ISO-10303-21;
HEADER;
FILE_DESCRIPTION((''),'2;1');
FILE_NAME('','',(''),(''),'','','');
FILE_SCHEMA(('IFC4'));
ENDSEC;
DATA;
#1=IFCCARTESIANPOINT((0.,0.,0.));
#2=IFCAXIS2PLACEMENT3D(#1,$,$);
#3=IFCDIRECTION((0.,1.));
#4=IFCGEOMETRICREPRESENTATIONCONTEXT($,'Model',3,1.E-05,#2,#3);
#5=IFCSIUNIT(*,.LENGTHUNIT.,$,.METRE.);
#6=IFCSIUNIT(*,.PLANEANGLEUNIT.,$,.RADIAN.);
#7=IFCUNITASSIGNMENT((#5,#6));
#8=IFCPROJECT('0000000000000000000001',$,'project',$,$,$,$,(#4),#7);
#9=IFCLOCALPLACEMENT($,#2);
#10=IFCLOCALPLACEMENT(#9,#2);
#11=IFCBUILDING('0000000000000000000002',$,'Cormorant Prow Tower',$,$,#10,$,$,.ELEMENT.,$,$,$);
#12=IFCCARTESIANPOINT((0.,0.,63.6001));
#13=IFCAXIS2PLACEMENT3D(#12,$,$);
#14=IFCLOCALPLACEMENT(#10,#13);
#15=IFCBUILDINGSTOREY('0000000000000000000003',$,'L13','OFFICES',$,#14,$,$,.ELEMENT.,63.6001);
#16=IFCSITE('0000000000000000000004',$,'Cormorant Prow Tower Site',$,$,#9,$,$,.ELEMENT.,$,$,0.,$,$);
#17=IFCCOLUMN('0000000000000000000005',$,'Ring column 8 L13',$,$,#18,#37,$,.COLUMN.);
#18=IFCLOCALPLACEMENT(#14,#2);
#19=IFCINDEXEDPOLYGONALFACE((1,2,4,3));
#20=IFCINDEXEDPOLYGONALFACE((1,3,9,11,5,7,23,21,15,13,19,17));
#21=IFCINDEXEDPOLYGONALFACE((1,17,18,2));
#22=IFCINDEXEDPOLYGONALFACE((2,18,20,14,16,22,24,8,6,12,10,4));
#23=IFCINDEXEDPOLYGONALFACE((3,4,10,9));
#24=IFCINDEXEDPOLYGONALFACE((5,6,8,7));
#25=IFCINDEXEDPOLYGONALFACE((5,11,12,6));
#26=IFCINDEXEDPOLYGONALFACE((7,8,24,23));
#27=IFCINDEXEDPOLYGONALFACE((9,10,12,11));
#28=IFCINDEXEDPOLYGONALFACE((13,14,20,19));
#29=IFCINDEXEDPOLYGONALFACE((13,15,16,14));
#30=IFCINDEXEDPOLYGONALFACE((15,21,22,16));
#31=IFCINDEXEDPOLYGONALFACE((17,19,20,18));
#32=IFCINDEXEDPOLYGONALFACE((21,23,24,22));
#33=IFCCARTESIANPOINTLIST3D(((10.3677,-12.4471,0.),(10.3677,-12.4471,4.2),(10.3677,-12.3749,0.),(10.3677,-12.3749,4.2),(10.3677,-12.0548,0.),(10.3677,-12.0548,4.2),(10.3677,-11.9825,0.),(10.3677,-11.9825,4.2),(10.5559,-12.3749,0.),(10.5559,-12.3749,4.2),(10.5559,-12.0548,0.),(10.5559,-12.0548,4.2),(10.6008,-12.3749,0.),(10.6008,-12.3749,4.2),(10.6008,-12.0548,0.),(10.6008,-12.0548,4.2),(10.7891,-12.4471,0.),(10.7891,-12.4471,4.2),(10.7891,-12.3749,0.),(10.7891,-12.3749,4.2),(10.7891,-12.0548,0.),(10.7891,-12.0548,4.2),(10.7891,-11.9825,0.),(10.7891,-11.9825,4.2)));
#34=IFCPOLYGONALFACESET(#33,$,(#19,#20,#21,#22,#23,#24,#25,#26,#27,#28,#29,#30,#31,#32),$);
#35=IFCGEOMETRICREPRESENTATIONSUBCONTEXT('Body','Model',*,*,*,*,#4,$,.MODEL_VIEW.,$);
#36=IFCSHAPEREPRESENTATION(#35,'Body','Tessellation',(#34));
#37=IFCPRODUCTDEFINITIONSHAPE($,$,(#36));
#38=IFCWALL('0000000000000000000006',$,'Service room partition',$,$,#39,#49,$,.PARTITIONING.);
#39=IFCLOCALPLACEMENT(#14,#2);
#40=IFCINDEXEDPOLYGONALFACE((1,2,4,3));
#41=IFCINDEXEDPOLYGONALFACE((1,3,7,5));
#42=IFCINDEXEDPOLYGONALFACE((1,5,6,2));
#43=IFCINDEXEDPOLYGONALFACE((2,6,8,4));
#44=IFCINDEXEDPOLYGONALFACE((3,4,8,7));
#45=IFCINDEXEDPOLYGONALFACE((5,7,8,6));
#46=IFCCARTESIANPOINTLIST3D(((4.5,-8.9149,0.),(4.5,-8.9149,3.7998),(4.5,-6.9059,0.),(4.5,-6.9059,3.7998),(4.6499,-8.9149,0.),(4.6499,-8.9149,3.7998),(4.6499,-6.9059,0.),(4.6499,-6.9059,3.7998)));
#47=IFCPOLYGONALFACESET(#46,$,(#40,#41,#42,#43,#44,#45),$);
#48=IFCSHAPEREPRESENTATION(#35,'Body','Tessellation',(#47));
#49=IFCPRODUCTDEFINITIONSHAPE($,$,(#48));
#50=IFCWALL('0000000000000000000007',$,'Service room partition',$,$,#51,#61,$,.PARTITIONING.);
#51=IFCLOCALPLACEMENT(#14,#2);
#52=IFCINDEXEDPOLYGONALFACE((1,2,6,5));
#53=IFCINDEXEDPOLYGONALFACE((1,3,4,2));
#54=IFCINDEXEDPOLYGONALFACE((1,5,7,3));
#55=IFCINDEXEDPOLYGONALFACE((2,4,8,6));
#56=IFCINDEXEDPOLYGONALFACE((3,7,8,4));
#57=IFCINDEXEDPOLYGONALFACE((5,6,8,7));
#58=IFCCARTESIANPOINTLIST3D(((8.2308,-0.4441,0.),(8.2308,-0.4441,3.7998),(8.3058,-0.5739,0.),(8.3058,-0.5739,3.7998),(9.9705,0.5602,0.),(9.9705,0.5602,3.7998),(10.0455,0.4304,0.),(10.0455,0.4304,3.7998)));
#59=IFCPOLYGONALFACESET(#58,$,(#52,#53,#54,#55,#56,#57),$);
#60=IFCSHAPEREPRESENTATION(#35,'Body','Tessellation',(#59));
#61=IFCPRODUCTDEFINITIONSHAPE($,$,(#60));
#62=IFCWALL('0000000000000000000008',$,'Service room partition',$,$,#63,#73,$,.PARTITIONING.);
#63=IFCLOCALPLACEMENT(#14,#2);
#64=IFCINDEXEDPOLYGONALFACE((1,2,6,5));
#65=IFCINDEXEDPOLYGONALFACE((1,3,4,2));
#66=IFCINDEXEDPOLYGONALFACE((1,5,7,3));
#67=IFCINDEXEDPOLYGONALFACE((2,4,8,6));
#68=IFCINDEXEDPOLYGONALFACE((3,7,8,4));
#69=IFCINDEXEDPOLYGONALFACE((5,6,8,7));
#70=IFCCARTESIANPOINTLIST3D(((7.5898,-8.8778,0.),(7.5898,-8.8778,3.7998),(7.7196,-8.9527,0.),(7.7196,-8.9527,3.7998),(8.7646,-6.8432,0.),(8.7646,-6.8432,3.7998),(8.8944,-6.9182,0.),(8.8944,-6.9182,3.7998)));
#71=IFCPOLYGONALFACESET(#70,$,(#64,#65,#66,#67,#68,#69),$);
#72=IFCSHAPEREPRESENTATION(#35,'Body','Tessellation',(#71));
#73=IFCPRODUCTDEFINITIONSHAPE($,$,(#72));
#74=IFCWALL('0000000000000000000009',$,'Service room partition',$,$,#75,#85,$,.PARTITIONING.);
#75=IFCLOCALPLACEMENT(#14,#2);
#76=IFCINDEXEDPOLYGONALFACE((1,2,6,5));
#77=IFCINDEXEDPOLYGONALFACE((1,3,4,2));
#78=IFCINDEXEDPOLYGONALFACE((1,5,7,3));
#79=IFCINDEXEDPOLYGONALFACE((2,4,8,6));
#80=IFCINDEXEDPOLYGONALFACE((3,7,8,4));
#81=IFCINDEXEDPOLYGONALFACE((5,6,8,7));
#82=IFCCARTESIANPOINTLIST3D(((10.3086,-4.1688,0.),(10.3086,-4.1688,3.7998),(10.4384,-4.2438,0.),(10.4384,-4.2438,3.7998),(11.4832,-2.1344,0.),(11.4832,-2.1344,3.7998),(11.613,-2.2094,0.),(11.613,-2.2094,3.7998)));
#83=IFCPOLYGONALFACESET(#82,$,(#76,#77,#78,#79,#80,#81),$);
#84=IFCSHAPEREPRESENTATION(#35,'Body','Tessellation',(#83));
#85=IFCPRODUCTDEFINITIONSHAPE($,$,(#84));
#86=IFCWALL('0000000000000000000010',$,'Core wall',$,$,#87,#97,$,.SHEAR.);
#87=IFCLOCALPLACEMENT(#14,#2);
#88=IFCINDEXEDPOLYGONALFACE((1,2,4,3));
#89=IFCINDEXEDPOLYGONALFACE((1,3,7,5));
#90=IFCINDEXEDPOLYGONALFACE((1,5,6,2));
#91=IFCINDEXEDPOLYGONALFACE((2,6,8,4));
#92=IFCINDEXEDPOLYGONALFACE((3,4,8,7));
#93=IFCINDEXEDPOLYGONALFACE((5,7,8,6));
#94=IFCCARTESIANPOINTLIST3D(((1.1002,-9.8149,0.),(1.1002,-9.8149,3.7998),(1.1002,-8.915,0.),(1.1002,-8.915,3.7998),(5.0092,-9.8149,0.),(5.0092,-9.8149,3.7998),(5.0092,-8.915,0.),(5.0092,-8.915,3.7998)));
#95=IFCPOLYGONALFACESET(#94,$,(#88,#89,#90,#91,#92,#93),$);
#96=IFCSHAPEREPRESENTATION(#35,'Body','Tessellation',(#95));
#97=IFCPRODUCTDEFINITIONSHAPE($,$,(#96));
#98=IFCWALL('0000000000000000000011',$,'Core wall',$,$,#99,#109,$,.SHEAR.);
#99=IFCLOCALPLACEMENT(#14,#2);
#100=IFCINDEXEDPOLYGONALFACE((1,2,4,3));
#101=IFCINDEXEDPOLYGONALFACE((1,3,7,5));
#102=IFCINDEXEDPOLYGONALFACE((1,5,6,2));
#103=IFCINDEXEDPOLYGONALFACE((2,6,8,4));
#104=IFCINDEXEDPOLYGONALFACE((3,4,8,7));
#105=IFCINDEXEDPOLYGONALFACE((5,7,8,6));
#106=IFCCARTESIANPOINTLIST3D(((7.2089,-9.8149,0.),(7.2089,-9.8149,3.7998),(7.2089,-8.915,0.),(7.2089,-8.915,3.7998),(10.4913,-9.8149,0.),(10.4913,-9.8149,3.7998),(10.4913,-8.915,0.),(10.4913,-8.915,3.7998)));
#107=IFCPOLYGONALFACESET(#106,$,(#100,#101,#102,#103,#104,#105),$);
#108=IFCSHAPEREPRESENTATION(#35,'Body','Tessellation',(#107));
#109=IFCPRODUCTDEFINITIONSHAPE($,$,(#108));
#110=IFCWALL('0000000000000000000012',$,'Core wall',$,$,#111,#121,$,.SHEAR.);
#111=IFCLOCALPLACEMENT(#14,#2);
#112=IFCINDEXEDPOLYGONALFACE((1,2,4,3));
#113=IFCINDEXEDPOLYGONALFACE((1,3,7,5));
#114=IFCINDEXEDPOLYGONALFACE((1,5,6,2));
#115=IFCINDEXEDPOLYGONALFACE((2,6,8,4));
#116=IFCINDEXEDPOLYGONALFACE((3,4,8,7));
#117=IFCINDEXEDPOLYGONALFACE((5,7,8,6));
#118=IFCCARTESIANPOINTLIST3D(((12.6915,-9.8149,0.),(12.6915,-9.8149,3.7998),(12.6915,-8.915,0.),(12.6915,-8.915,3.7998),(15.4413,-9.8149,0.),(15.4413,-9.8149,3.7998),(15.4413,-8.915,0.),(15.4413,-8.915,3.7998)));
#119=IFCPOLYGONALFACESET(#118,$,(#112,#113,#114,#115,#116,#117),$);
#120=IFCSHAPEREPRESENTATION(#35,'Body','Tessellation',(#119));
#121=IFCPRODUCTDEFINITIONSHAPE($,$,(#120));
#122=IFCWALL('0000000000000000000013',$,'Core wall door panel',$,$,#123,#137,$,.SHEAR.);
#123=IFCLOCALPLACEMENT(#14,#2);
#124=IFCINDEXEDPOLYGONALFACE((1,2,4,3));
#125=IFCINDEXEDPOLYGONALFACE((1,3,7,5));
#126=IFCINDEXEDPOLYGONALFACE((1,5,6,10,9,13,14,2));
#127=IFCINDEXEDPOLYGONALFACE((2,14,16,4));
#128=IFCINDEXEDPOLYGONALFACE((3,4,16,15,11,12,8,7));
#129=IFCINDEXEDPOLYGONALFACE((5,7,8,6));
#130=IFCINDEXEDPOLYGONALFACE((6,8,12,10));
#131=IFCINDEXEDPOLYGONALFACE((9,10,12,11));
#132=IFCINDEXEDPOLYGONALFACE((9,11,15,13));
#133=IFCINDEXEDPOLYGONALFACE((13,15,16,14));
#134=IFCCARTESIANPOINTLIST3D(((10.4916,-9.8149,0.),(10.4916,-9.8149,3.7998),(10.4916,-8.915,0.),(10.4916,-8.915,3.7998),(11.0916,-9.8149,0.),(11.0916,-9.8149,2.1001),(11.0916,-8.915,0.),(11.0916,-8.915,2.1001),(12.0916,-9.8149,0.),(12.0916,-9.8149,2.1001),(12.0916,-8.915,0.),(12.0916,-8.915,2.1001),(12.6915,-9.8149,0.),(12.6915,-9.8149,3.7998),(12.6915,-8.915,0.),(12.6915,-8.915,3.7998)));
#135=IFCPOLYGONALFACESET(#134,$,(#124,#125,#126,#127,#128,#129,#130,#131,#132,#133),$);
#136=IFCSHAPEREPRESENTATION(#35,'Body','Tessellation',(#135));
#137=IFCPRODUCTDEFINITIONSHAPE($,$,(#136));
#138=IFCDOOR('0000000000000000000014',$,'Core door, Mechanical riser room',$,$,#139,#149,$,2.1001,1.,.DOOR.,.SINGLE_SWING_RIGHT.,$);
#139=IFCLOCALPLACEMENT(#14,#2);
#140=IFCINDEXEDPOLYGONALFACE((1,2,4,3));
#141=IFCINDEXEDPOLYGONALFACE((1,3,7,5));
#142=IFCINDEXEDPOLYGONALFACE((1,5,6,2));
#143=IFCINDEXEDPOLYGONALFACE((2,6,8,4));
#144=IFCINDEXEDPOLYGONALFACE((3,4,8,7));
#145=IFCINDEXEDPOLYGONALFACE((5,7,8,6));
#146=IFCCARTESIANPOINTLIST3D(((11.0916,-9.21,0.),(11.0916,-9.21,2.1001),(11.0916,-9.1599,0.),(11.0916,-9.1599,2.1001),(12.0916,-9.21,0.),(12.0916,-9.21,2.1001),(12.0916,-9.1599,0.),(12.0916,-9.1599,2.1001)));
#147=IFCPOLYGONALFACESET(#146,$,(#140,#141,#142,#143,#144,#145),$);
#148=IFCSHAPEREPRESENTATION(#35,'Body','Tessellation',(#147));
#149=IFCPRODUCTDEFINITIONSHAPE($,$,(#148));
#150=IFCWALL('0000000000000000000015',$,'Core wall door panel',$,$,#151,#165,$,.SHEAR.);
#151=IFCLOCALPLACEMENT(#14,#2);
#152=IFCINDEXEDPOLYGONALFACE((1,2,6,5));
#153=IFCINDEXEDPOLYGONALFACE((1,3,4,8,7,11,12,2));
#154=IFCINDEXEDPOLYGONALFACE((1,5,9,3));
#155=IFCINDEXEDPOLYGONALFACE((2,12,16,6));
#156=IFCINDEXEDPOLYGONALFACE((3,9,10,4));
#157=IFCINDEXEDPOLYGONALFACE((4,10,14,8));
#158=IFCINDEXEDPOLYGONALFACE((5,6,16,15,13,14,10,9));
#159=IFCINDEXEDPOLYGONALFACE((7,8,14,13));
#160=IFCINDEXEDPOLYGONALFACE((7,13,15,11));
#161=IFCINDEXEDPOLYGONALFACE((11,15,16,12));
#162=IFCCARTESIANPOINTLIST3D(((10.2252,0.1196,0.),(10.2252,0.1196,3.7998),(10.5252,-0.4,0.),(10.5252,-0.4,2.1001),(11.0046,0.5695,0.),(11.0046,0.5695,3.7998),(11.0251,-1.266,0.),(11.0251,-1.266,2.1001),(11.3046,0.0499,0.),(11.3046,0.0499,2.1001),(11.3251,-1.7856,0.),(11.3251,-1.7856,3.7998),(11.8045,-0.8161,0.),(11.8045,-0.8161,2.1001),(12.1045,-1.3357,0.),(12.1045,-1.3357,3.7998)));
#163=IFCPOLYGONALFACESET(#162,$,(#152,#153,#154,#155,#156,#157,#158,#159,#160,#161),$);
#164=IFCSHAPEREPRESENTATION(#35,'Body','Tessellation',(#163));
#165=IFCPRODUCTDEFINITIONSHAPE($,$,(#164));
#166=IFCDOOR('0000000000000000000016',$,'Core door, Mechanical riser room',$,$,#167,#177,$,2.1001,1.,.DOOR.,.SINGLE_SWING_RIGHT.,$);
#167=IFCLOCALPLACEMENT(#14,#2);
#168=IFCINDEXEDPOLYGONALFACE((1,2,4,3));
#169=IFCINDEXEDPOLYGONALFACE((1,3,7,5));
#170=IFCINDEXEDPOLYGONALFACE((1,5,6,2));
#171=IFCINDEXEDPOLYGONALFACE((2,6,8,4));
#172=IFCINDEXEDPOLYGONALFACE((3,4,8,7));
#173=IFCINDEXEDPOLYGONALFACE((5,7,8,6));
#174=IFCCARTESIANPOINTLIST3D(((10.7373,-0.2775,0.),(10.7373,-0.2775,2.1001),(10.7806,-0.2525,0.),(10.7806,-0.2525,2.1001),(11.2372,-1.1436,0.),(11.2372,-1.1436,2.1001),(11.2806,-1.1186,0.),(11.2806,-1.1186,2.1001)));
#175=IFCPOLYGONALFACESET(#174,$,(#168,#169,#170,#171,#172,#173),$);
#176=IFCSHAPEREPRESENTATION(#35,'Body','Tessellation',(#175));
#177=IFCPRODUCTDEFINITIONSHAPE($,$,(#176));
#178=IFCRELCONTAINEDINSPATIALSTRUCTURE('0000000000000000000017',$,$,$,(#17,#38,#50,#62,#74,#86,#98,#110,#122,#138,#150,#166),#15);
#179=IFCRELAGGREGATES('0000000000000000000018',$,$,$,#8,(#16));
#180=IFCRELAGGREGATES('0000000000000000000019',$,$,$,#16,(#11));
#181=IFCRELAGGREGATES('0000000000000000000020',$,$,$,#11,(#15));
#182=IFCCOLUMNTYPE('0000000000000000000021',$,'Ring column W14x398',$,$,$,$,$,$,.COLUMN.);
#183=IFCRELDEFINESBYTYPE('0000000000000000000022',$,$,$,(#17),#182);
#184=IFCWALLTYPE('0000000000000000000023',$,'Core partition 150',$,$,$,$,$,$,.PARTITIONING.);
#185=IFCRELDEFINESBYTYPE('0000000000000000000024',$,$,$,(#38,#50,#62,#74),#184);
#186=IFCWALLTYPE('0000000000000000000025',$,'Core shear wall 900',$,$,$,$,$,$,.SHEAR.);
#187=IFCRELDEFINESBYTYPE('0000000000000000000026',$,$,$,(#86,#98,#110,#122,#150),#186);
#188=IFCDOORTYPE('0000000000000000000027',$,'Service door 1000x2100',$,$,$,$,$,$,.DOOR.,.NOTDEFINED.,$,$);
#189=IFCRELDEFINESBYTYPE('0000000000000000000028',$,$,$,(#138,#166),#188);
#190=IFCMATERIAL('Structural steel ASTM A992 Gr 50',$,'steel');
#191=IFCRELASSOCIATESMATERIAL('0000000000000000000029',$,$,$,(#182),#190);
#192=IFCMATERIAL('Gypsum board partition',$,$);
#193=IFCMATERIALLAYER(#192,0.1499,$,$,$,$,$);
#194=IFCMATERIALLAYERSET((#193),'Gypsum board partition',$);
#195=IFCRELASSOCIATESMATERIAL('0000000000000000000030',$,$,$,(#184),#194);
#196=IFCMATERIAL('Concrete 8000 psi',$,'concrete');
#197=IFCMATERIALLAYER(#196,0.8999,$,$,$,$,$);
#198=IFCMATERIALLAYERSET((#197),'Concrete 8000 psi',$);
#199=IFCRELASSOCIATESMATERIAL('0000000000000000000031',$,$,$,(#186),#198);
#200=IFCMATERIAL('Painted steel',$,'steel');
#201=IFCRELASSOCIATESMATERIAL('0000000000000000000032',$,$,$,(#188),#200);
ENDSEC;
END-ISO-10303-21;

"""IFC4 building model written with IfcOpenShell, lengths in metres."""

from ifc_helpers import new_model, si_unit, direction, frame, frame_2d, origin, origin_2d, place, context, subcontext, project, spatial, rectangle, i_section, extrude, material, layer, layer_set, material_profile, profile_set, type_object, element, fill, save


model = new_model("IFC4")

# Units and contexts
model_context = context("Model", 3, precision=1e-05, world=origin(), true_north=direction((0.0, 1.0)))
body_context = subcontext(model_context, "Body", "Model", "MODEL_VIEW")
ifc_project = project(units=[si_unit("LENGTHUNIT", "METRE"), si_unit("PLANEANGLEUNIT", "RADIAN")], contexts=[model_context])

# Site, building, storey
site_placement = place(None, origin())
site = spatial("IfcSite", under=ifc_project, at=site_placement, Name="Cormorant Prow Tower Site", CompositionType="ELEMENT", RefElevation=0.0)
building_placement = place(site_placement, origin())
building = spatial("IfcBuilding", under=site, at=building_placement, Name="Cormorant Prow Tower", CompositionType="ELEMENT")
storey_placement = place(building_placement, frame((0.0, 0.0, 63.6001)))
storey = spatial("IfcBuildingStorey", under=building, at=storey_placement, Name="L13", Description="OFFICES", CompositionType="ELEMENT", Elevation=63.6001)

# Column
ifc_material_1 = material(Name="Structural steel ASTM A992 Gr 50", Category="steel")
ifc_material_profile = material_profile(ifc_material_1, i_section(OverallWidth=0.4214, OverallDepth=0.4646, WebThickness=0.0449, FlangeThickness=0.0723, at=origin_2d()), Name="W14x398")
ifc_profile_set = profile_set([ifc_material_profile], Name="Structural steel ASTM A992 Gr 50")
column_type = type_object("IfcColumnType", Name="Ring column W14x398", PredefinedType="COLUMN", material=ifc_profile_set)
column_placement = place(storey_placement, frame((10.5784, -12.2148, 0.0), z_axis=(0.0, 0.0, 1.0), x_axis=(1.0, 0.0, 0.0)))
element("IfcColumn", 1, at=column_placement, inside=storey, type_object=column_type, Name="Ring column 8 L13", PredefinedType="COLUMN", context=body_context, shape_type="SweptSolid", body=[
    extrude(i_section(OverallWidth=0.4214, OverallDepth=0.4646, WebThickness=0.0449, FlangeThickness=0.0723, at=origin_2d()), origin(), (0.0, 0.0, 1.0), 4.2),
])

# Walls
ifc_material_2 = material(Name="Gypsum board partition")
ifc_layer_1 = layer(ifc_material_2, 0.1499)
ifc_layer_set_1 = layer_set([ifc_layer_1], Name="Gypsum board partition")
wall_type_1 = type_object("IfcWallType", Name="Core partition 150", PredefinedType="PARTITIONING", material=ifc_layer_set_1)
wall_1_placement = place(storey_placement, frame((4.575, -6.906, 0.0), z_axis=(0.0, 0.0, 1.0), x_axis=(0.0, -1.0, 0.0)))
element("IfcWall", 2, at=wall_1_placement, inside=storey, type_object=wall_type_1, Name="Service room partition", PredefinedType="PARTITIONING", context=body_context, shape_type="SweptSolid", body=[
    extrude(rectangle(XDim=2.009, YDim=0.1499, at=frame_2d((1.0044, 0.0))), origin(), (0.0, 0.0, 1.0), 3.7998),
])
wall_2_placement = place(storey_placement, frame((8.2683, -0.509, 0.0), z_axis=(0.0, 0.0, 1.0), x_axis=(0.866036, 0.499982, 0.0)))
element("IfcWall", 3, at=wall_2_placement, inside=storey, type_object=wall_type_1, Name="Service room partition", PredefinedType="PARTITIONING", context=body_context, shape_type="SweptSolid", body=[
    extrude(rectangle(XDim=2.0088, YDim=0.1499, at=frame_2d((1.0044, 0.0))), origin(), (0.0, 0.0, 1.0), 3.7998),
])
wall_3_placement = place(storey_placement, frame((8.8296, -6.8806, 0.0), z_axis=(0.0, 0.0, 1.0), x_axis=(-0.500073, -0.865983, 0.0)))
element("IfcWall", 4, at=wall_3_placement, inside=storey, type_object=wall_type_1, Name="Service room partition", PredefinedType="PARTITIONING", context=body_context, shape_type="SweptSolid", body=[
    extrude(rectangle(XDim=2.3494, YDim=0.1499, at=frame_2d((1.1748, 0.0))), origin(), (0.0, 0.0, 1.0), 3.7998),
])
wall_4_placement = place(storey_placement, frame((10.3735, -4.2063, 0.0), z_axis=(0.0, 0.0, 1.0), x_axis=(0.499995, 0.866028, 0.0)))
element("IfcWall", 5, at=wall_4_placement, inside=storey, type_object=wall_type_1, Name="Service room partition", PredefinedType="PARTITIONING", context=body_context, shape_type="SweptSolid", body=[
    extrude(rectangle(XDim=2.3491, YDim=0.1499, at=frame_2d((1.1746, 0.0))), origin(), (0.0, 0.0, 1.0), 3.7998),
])
ifc_material_3 = material(Name="Concrete 8000 psi", Category="concrete")
ifc_layer_2 = layer(ifc_material_3, 0.8999)
ifc_layer_set_2 = layer_set([ifc_layer_2], Name="Concrete 8000 psi")
wall_type_2 = type_object("IfcWallType", Name="Core shear wall 900", PredefinedType="SHEAR", material=ifc_layer_set_2)
wall_5_placement = place(storey_placement, frame((1.1001, -9.365, 0.0), z_axis=(0.0, 0.0, 1.0), x_axis=(1.0, 0.0, 0.0)))
element("IfcWall", 6, at=wall_5_placement, inside=storey, type_object=wall_type_2, Name="Core wall", PredefinedType="SHEAR", context=body_context, shape_type="SweptSolid", body=[
    extrude(rectangle(XDim=3.9089, YDim=0.8999, at=frame_2d((1.9546, 0.0))), origin(), (0.0, 0.0, 1.0), 3.7998),
])
wall_6_placement = place(storey_placement, frame((7.209, -9.365, 0.0), z_axis=(0.0, 0.0, 1.0), x_axis=(1.0, 0.0, 0.0)))
element("IfcWall", 7, at=wall_6_placement, inside=storey, type_object=wall_type_2, Name="Core wall", PredefinedType="SHEAR", context=body_context, shape_type="SweptSolid", body=[
    extrude(rectangle(XDim=3.2825, YDim=0.8999, at=frame_2d((1.6411, 0.0))), origin(), (0.0, 0.0, 1.0), 3.7998),
])
wall_7_placement = place(storey_placement, frame((12.6914, -9.365, 0.0), z_axis=(0.0, 0.0, 1.0), x_axis=(1.0, 0.0, 0.0)))
element("IfcWall", 8, at=wall_7_placement, inside=storey, type_object=wall_type_2, Name="Core wall", PredefinedType="SHEAR", context=body_context, shape_type="SweptSolid", body=[
    extrude(rectangle(XDim=2.7498, YDim=0.8999, at=frame_2d((1.375, 0.0))), origin(), (0.0, 0.0, 1.0), 3.7998),
])

# Walls, openings, doors
wall_8_placement = place(storey_placement, frame((10.4915, -9.365, 0.0), z_axis=(0.0, 0.0, 1.0), x_axis=(1.0, 0.0, 0.0)))
wall_8 = element("IfcWall", 9, at=wall_8_placement, inside=storey, type_object=wall_type_2, Name="Core wall door panel", PredefinedType="SHEAR", context=body_context, shape_type="SweptSolid", body=[
    extrude(rectangle(XDim=2.2, YDim=0.8999, at=frame_2d((1.1001, 0.0))), origin(), (0.0, 0.0, 1.0), 3.7998),
])
opening_1_placement = place(wall_8_placement, frame((0.6001, 0.0, 0.0)))
opening_1 = element("IfcOpeningElement", 10, at=opening_1_placement, cuts=wall_8, PredefinedType="OPENING", context=body_context, shape_type="SweptSolid", body=[
    extrude(rectangle(XDim=1.0, YDim=2.1001, at=frame_2d((0.5, 1.05))), frame((0.0, 0.46, 0.0), z_axis=(0.0, -1.0, 0.0), x_axis=(1.0, 0.0, 0.0)), (0.0, 0.0, 1.0), 0.9199),
])
ifc_material_4 = material(Name="Painted steel", Category="steel")
door_type_1 = type_object("IfcDoorType", Name="Service door 1000x2100", OperationType="NOTDEFINED", PredefinedType="DOOR", material=ifc_material_4)
door_1_placement = place(opening_1_placement, origin())
door_1 = element("IfcDoor", 11, at=door_1_placement, inside=storey, type_object=door_type_1, Name="Core door, Mechanical riser room", OperationType="SINGLE_SWING_RIGHT", OverallHeight=2.1001, OverallWidth=1.0, PredefinedType="DOOR", context=body_context, shape_type="SweptSolid", body=[
    extrude(rectangle(XDim=1.0, YDim=2.1001, at=frame_2d((0.5, 1.05))), frame((0.0, 0.2051, 0.0), z_axis=(0.0, -1.0, 0.0), x_axis=(1.0, 0.0, 0.0)), (0.0, 0.0, 1.0), 0.05),
])
fill(opening_1, door_1)
wall_9_placement = place(storey_placement, frame((11.7148, -1.5608, 0.0), z_axis=(0.0, 0.0, 1.0), x_axis=(-0.499947, 0.866056, 0.0)))
wall_9 = element("IfcWall", 12, at=wall_9_placement, inside=storey, type_object=wall_type_2, Name="Core wall door panel", PredefinedType="SHEAR", context=body_context, shape_type="SweptSolid", body=[
    extrude(rectangle(XDim=2.2, YDim=0.8999, at=frame_2d((1.1001, 0.0))), origin(), (0.0, 0.0, 1.0), 3.7998),
])
opening_2_placement = place(wall_9_placement, frame((0.6001, 0.0, 0.0)))
opening_2 = element("IfcOpeningElement", 13, at=opening_2_placement, cuts=wall_9, PredefinedType="OPENING", context=body_context, shape_type="SweptSolid", body=[
    extrude(rectangle(XDim=1.0, YDim=2.1001, at=frame_2d((0.5, 1.05))), frame((0.0, 0.46, 0.0), z_axis=(0.0, -1.0, 0.0), x_axis=(1.0, 0.0, 0.0)), (0.0, 0.0, 1.0), 0.9199),
])
door_2_placement = place(opening_2_placement, origin())
door_2 = element("IfcDoor", 14, at=door_2_placement, inside=storey, type_object=door_type_1, Name="Core door, Mechanical riser room", OperationType="SINGLE_SWING_RIGHT", OverallHeight=2.1001, OverallWidth=1.0, PredefinedType="DOOR", context=body_context, shape_type="SweptSolid", body=[
    extrude(rectangle(XDim=1.0, YDim=2.1001, at=frame_2d((0.5, 1.05))), frame((0.0, 0.2051, 0.0), z_axis=(0.0, -1.0, 0.0), x_axis=(1.0, 0.0, 0.0)), (0.0, 0.0, 1.0), 0.05),
])
fill(opening_2, door_2)

save(model, "model.ifc")
